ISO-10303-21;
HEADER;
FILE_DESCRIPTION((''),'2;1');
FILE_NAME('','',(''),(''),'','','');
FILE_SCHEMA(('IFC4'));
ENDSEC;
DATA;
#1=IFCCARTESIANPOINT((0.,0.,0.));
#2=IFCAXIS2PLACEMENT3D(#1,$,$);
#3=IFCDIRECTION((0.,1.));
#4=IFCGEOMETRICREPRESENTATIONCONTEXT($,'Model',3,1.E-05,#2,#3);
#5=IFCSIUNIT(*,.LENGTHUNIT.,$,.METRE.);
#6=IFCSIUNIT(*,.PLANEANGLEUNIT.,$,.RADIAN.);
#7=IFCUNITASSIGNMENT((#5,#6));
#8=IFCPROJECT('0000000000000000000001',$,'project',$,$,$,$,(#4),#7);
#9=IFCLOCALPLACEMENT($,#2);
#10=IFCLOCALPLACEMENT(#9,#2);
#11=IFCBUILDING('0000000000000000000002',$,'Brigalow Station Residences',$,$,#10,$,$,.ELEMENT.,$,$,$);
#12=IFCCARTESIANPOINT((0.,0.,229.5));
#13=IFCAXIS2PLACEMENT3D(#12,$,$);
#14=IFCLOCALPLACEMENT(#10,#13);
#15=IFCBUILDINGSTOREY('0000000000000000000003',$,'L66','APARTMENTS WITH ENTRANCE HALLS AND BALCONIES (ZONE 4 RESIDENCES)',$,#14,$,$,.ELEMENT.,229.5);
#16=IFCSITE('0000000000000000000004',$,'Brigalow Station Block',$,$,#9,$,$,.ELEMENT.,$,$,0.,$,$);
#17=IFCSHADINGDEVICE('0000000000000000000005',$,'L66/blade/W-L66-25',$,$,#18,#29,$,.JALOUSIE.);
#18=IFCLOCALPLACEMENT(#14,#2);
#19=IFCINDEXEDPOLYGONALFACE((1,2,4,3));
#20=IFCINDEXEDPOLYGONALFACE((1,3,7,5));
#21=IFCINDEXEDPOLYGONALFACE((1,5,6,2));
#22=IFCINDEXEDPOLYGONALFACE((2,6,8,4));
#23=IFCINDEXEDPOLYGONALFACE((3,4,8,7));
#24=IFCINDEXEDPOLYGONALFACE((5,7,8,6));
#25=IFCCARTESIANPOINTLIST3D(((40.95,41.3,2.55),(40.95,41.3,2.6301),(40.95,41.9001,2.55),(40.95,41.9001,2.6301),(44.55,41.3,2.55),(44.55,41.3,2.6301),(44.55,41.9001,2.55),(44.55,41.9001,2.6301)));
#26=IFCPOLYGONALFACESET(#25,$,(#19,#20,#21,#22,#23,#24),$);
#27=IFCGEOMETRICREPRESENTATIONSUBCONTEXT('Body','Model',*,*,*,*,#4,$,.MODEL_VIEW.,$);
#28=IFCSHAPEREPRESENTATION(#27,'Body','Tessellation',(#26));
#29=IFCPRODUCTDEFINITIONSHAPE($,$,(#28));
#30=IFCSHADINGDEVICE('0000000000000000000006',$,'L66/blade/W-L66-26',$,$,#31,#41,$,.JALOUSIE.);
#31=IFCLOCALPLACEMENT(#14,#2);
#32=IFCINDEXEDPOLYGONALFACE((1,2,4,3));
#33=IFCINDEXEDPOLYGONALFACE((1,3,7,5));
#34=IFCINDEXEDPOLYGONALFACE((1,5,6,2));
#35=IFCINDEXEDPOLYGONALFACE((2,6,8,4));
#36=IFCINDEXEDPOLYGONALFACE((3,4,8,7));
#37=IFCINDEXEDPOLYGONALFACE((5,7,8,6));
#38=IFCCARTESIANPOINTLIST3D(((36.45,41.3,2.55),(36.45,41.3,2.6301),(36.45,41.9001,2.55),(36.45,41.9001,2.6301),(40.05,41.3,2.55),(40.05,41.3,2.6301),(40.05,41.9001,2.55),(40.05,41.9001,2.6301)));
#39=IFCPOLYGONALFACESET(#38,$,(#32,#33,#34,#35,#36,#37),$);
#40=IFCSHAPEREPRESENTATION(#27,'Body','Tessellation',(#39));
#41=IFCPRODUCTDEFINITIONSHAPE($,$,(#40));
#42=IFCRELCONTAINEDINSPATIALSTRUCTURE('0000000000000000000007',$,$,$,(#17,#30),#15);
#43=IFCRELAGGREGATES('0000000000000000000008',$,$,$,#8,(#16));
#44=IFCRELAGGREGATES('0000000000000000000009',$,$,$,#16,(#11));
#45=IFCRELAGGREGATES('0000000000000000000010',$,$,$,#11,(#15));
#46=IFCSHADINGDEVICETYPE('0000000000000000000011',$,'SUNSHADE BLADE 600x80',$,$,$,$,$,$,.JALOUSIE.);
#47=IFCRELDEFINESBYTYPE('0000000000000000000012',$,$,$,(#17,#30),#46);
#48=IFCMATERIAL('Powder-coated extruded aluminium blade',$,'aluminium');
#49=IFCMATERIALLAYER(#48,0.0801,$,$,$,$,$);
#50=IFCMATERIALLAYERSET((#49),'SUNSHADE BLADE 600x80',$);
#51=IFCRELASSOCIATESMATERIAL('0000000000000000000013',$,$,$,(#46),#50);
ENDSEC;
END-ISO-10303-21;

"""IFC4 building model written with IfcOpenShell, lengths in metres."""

from ifc_helpers import new_model, si_unit, direction, frame, origin, origin_2d, place, context, subcontext, project, spatial, rectangle, extrude, material, layer, layer_set, type_object, element, save


model = new_model("IFC4")

# Units and contexts
model_context = context("Model", 3, precision=1e-05, world=origin(), true_north=direction((0.0, 1.0)))
body_context = subcontext(model_context, "Body", "Model", "MODEL_VIEW")
ifc_project = project(units=[si_unit("LENGTHUNIT", "METRE"), si_unit("PLANEANGLEUNIT", "RADIAN")], contexts=[model_context])

# Site, building, storey
site_placement = place(None, origin())
site = spatial("IfcSite", under=ifc_project, at=site_placement, Name="Brigalow Station Block", CompositionType="ELEMENT", RefElevation=0.0)
building_placement = place(site_placement, origin())
building = spatial("IfcBuilding", under=site, at=building_placement, Name="Brigalow Station Residences", CompositionType="ELEMENT")
storey_placement = place(building_placement, frame((0.0, 0.0, 229.5)))
storey = spatial("IfcBuildingStorey", under=building, at=storey_placement, Name="L66", Description="APARTMENTS WITH ENTRANCE HALLS AND BALCONIES (ZONE 4 RESIDENCES)", CompositionType="ELEMENT", Elevation=229.5)

# Shading devices
ifc_material_1 = material(Name="Powder-coated extruded aluminium blade", Category="aluminium")
ifc_layer_1 = layer(ifc_material_1, 0.0801)
ifc_layer_set_1 = layer_set([ifc_layer_1], Name="SUNSHADE BLADE 600x80")
shading_device_type = type_object("IfcShadingDeviceType", Name="SUNSHADE BLADE 600x80", PredefinedType="JALOUSIE", material=ifc_layer_set_1)
for number, where, z_axis, x_axis, name in (
    (1, (42.75, 41.6001, 2.55), (0.0, 0.0, 1.0), (-1.0, 0.0, 0.0), "L66/blade/W-L66-25"),
    (2, (38.25, 41.6001, 2.55), (0.0, 0.0, 1.0), (-1.0, 0.0, 0.0), "L66/blade/W-L66-26"),
):
    element("IfcShadingDevice", number, at=place(storey_placement, frame(where, z_axis=z_axis, x_axis=x_axis)), inside=storey, type_object=shading_device_type, Name=name, PredefinedType="JALOUSIE", context=body_context, shape_type="SweptSolid", body=[
        extrude(rectangle(XDim=3.6001, YDim=0.6001, at=origin_2d()), origin(), (0.0, 0.0, 1.0), 0.0801),
    ])

save(model, "model.ifc")
